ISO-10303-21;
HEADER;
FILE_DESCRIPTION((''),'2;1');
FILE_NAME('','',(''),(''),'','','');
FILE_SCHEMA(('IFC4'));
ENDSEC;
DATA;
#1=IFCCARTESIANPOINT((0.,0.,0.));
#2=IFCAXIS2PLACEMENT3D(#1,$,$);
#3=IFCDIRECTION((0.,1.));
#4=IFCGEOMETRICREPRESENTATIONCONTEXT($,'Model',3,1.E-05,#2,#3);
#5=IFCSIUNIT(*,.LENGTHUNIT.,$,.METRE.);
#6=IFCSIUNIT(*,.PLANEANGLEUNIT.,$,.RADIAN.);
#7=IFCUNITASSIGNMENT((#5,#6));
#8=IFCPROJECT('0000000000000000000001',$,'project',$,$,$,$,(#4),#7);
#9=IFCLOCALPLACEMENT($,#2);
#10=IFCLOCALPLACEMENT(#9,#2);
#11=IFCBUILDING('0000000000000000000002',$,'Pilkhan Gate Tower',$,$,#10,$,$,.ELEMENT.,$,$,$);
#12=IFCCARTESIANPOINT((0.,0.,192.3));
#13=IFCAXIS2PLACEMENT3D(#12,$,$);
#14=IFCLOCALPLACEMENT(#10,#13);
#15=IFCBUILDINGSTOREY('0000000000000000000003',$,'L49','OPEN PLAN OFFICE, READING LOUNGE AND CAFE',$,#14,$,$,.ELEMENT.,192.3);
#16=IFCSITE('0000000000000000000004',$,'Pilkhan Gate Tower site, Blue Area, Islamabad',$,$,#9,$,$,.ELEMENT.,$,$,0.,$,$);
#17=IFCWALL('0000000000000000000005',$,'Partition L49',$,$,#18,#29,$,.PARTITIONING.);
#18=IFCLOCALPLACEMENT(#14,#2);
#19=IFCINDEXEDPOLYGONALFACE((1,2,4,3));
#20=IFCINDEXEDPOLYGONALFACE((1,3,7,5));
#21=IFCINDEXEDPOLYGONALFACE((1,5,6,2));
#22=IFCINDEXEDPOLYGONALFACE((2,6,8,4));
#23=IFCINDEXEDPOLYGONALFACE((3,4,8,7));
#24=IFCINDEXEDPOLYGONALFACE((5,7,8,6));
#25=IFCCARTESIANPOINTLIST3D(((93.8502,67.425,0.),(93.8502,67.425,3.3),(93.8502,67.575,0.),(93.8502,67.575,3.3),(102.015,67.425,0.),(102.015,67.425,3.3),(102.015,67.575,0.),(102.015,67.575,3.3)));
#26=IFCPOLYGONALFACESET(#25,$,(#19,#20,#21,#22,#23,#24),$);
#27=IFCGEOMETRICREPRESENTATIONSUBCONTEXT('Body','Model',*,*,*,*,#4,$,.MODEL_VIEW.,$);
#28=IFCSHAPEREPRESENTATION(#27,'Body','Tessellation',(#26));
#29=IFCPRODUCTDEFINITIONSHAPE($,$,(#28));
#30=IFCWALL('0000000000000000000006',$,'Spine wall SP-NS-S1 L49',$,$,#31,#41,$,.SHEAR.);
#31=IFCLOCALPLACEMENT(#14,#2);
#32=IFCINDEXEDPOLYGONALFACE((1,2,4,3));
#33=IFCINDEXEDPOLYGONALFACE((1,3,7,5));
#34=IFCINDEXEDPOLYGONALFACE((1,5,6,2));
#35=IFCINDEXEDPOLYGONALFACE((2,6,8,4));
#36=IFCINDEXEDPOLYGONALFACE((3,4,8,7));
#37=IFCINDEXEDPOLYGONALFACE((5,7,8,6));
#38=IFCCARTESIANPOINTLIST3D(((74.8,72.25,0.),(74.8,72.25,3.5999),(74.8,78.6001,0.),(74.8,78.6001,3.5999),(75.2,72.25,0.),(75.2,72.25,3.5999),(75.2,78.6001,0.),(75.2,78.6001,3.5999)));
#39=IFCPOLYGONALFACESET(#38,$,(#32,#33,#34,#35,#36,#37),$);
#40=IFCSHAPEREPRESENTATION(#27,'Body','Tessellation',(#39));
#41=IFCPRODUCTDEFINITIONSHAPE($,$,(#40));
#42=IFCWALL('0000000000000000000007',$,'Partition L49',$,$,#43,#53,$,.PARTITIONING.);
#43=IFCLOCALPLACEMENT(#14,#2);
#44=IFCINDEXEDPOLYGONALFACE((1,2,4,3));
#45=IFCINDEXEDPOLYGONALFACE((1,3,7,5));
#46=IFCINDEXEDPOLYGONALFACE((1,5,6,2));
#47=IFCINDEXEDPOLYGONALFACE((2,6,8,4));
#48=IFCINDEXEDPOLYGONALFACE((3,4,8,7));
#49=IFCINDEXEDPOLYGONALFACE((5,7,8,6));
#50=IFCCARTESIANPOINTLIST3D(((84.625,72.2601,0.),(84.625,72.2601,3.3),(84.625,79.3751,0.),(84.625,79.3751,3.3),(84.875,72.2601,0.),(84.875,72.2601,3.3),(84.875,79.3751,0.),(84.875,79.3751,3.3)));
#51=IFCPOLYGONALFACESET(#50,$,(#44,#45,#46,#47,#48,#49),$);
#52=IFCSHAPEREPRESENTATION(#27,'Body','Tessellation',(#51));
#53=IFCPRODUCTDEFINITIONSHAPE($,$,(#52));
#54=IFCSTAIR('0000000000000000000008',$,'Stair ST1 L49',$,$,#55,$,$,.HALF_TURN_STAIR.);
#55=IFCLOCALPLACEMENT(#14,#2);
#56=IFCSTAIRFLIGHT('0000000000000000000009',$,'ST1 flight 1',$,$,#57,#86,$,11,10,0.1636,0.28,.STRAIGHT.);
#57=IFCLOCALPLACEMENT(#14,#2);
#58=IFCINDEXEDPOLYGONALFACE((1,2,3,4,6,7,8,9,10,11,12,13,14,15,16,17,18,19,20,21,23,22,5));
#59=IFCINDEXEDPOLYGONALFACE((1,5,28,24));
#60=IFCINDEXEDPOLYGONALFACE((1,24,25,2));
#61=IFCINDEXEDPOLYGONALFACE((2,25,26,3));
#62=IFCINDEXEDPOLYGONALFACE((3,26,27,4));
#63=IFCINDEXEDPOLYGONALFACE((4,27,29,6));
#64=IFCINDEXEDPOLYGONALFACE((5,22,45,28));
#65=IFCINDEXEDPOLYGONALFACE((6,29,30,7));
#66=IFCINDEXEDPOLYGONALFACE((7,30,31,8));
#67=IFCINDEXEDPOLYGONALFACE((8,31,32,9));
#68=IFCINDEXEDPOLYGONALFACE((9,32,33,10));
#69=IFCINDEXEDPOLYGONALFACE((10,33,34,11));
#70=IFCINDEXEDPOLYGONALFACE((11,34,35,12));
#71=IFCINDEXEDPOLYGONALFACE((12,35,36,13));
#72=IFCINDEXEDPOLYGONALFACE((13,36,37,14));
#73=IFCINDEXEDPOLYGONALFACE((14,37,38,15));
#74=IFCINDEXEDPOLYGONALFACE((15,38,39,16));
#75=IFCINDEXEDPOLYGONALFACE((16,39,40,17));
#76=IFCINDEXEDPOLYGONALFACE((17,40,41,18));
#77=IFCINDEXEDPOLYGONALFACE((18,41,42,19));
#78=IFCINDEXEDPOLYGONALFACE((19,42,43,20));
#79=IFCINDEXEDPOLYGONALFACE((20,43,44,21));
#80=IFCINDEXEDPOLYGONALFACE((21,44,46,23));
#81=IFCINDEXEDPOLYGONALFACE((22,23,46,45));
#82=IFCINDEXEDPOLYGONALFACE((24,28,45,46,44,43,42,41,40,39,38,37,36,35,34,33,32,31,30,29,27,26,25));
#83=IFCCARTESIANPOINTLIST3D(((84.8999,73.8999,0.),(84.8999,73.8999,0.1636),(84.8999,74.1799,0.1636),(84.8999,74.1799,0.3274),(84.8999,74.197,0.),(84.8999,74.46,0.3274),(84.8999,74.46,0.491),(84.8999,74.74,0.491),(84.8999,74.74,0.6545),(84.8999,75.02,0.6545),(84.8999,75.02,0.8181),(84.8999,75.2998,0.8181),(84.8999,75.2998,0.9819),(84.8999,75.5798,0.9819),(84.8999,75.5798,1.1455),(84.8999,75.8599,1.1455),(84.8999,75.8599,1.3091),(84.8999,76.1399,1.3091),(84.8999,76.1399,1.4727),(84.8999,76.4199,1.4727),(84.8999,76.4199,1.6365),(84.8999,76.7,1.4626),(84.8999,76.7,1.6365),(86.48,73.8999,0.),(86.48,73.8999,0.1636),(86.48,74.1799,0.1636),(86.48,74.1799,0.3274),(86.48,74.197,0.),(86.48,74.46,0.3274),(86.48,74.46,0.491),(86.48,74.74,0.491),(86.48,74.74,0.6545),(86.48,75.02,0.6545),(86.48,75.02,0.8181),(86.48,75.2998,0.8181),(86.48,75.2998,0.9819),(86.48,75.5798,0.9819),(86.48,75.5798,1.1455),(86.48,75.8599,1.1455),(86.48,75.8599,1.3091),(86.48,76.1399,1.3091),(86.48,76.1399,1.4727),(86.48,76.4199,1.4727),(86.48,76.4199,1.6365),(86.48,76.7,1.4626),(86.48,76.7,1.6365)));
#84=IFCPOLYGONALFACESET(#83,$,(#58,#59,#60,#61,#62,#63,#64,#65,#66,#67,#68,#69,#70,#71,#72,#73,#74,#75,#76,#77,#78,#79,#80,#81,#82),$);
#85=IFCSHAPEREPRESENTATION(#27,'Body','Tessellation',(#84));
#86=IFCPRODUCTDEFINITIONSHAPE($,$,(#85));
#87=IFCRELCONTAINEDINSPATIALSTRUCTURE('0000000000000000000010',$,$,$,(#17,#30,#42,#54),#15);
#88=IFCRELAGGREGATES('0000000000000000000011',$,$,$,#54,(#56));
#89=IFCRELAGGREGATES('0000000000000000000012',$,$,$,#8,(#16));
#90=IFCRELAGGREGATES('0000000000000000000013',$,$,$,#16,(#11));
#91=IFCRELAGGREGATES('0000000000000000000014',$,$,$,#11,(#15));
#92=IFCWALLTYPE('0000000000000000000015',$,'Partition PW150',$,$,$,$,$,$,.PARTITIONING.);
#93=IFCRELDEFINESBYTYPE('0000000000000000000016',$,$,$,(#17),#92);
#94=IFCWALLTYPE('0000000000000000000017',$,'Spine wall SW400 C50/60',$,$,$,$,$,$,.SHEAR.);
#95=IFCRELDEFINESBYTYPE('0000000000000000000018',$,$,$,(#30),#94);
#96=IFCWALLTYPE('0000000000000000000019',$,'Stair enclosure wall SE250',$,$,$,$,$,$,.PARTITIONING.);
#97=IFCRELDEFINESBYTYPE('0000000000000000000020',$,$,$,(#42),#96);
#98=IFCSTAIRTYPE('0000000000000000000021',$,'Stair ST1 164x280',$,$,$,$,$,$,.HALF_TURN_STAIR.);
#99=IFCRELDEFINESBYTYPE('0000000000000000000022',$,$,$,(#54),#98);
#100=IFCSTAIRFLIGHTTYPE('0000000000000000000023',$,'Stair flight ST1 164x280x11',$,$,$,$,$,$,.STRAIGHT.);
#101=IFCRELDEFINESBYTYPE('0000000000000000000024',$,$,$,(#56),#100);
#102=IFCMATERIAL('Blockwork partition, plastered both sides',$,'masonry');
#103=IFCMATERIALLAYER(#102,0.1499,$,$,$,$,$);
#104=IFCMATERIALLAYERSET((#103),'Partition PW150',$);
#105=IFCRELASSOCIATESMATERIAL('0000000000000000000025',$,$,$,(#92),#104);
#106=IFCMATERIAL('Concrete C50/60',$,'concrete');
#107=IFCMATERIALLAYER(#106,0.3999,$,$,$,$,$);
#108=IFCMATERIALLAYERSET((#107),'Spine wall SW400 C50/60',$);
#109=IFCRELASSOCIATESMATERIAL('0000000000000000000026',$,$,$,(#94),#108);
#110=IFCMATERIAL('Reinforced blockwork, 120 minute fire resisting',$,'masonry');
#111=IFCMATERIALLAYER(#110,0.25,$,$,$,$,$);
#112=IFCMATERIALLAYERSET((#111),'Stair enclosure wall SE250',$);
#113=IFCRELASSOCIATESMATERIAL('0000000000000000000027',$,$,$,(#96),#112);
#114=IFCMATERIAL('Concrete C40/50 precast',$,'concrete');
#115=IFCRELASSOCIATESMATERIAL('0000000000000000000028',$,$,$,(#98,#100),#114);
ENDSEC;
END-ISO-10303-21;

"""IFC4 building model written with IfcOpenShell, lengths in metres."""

from ifc_helpers import new_model, si_unit, direction, frame, frame_2d, origin, place, context, subcontext, project, spatial, polyline, rectangle, outline, extrude, material, layer, layer_set, type_object, element, aggregate, save


model = new_model("IFC4")

# Units and contexts
model_context = context("Model", 3, precision=1e-05, world=origin(), true_north=direction((0.0, 1.0)))
body_context = subcontext(model_context, "Body", "Model", "MODEL_VIEW")
ifc_project = project(units=[si_unit("LENGTHUNIT", "METRE"), si_unit("PLANEANGLEUNIT", "RADIAN")], contexts=[model_context])

# Site, building, storey
site_placement = place(None, origin())
site = spatial("IfcSite", under=ifc_project, at=site_placement, Name="Pilkhan Gate Tower site, Blue Area, Islamabad", CompositionType="ELEMENT", RefElevation=0.0)
building_placement = place(site_placement, origin())
building = spatial("IfcBuilding", under=site, at=building_placement, Name="Pilkhan Gate Tower", CompositionType="ELEMENT")
storey_placement = place(building_placement, frame((0.0, 0.0, 192.3)))
storey = spatial("IfcBuildingStorey", under=building, at=storey_placement, Name="L49", Description="OPEN PLAN OFFICE, READING LOUNGE AND CAFE", CompositionType="ELEMENT", Elevation=192.3)

# Shared definitions
ifc_material_1 = material(Name="Concrete C50/60", Category="concrete")

# Walls
ifc_material_2 = material(Name="Blockwork partition, plastered both sides", Category="masonry")
ifc_layer_1 = layer(ifc_material_2, 0.1499)
ifc_layer_set_1 = layer_set([ifc_layer_1], Name="Partition PW150")
wall_type_1 = type_object("IfcWallType", Name="Partition PW150", PredefinedType="PARTITIONING", material=ifc_layer_set_1)
wall_1_placement = place(storey_placement, frame((93.8501, 67.5, 0.0), z_axis=(0.0, 0.0, 1.0), x_axis=(1.0, 0.0, 0.0)))
element("IfcWall", 1, at=wall_1_placement, inside=storey, type_object=wall_type_1, Name="Partition L49", PredefinedType="PARTITIONING", context=body_context, shape_type="SweptSolid", body=[
    extrude(rectangle(XDim=8.1648, YDim=0.1499, at=frame_2d((4.0825, 0.0))), origin(), (0.0, 0.0, 1.0), 3.3),
])
ifc_layer_2 = layer(ifc_material_1, 0.3999)
ifc_layer_set_2 = layer_set([ifc_layer_2], Name="Spine wall SW400 C50/60")
wall_type_2 = type_object("IfcWallType", Name="Spine wall SW400 C50/60", PredefinedType="SHEAR", material=ifc_layer_set_2)
wall_2_placement = place(storey_placement, frame((75.0, 72.25, 0.0), z_axis=(0.0, 0.0, 1.0), x_axis=(0.0, 1.0, 0.0)))
element("IfcWall", 2, at=wall_2_placement, inside=storey, type_object=wall_type_2, Name="Spine wall SP-NS-S1 L49", PredefinedType="SHEAR", context=body_context, shape_type="SweptSolid", body=[
    extrude(rectangle(XDim=6.3501, YDim=0.3999, at=frame_2d((3.175, 0.0))), origin(), (0.0, 0.0, 1.0), 3.5999),
])
ifc_material_3 = material(Name="Reinforced blockwork, 120 minute fire resisting", Category="masonry")
ifc_layer_3 = layer(ifc_material_3, 0.25)
ifc_layer_set_3 = layer_set([ifc_layer_3], Name="Stair enclosure wall SE250")
wall_type_3 = type_object("IfcWallType", Name="Stair enclosure wall SE250", PredefinedType="PARTITIONING", material=ifc_layer_set_3)
wall_3_placement = place(storey_placement, frame((84.75, 72.26, 0.0), z_axis=(0.0, 0.0, 1.0), x_axis=(0.0, 1.0, 0.0)))
element("IfcWall", 3, at=wall_3_placement, inside=storey, type_object=wall_type_3, Name="Partition L49", PredefinedType="PARTITIONING", context=body_context, shape_type="SweptSolid", body=[
    extrude(rectangle(XDim=7.115, YDim=0.25, at=frame_2d((3.5576, 0.0))), origin(), (0.0, 0.0, 1.0), 3.3),
])

# Stair, stair flight
ifc_material_4 = material(Name="Concrete C40/50 precast", Category="concrete")
stair_type = type_object("IfcStairType", Name="Stair ST1 164x280", PredefinedType="HALF_TURN_STAIR", material=ifc_material_4)
stair_placement = place(storey_placement, origin())
stair = element("IfcStair", 4, at=stair_placement, inside=storey, type_object=stair_type, Name="Stair ST1 L49", PredefinedType="HALF_TURN_STAIR")
stair_flight_type = type_object("IfcStairFlightType", Name="Stair flight ST1 164x280x11", PredefinedType="STRAIGHT", material=ifc_material_4)
stair_flight_placement = place(storey_placement, frame((85.6899, 73.8999, 0.0), z_axis=(0.0, 0.0, 1.0), x_axis=(0.0, 1.0, 0.0)))
stair_flight = element("IfcStairFlight", 5, at=stair_flight_placement, type_object=stair_flight_type, Name="ST1 flight 1", NumberOfRisers=11, NumberOfTreads=10, PredefinedType="STRAIGHT", RiserHeight=0.1636, TreadLength=0.28, context=body_context, shape_type="SweptSolid", body=[
    extrude(outline(polyline([(0.0, 0.0), (0.0, 0.1636), (0.28, 0.1636), (0.28, 0.3274), (0.5601, 0.3274), (0.5601, 0.491), (0.8401, 0.491), (0.8401, 0.6545), (1.1201, 0.6545), (1.1201, 0.8181), (1.3999, 0.8181), (1.3999, 0.9819), (1.6799, 0.9819), (1.6799, 1.1455), (1.96, 1.1455), (1.96, 1.3091), (2.24, 1.3091), (2.24, 1.4727), (2.52, 1.4727), (2.52, 1.6365), (2.8, 1.6365), (2.8, 1.8), (2.8, 1.4626), (0.2971, 0.0), (0.0, 0.0)])), frame((0.0, 0.79, 0.0), z_axis=(0.0, -1.0, 0.0), x_axis=(1.0, 0.0, 0.0)), (0.0, 0.0, 1.0), 1.5801),
])
aggregate(stair, [stair_flight])

save(model, "model.ifc")
